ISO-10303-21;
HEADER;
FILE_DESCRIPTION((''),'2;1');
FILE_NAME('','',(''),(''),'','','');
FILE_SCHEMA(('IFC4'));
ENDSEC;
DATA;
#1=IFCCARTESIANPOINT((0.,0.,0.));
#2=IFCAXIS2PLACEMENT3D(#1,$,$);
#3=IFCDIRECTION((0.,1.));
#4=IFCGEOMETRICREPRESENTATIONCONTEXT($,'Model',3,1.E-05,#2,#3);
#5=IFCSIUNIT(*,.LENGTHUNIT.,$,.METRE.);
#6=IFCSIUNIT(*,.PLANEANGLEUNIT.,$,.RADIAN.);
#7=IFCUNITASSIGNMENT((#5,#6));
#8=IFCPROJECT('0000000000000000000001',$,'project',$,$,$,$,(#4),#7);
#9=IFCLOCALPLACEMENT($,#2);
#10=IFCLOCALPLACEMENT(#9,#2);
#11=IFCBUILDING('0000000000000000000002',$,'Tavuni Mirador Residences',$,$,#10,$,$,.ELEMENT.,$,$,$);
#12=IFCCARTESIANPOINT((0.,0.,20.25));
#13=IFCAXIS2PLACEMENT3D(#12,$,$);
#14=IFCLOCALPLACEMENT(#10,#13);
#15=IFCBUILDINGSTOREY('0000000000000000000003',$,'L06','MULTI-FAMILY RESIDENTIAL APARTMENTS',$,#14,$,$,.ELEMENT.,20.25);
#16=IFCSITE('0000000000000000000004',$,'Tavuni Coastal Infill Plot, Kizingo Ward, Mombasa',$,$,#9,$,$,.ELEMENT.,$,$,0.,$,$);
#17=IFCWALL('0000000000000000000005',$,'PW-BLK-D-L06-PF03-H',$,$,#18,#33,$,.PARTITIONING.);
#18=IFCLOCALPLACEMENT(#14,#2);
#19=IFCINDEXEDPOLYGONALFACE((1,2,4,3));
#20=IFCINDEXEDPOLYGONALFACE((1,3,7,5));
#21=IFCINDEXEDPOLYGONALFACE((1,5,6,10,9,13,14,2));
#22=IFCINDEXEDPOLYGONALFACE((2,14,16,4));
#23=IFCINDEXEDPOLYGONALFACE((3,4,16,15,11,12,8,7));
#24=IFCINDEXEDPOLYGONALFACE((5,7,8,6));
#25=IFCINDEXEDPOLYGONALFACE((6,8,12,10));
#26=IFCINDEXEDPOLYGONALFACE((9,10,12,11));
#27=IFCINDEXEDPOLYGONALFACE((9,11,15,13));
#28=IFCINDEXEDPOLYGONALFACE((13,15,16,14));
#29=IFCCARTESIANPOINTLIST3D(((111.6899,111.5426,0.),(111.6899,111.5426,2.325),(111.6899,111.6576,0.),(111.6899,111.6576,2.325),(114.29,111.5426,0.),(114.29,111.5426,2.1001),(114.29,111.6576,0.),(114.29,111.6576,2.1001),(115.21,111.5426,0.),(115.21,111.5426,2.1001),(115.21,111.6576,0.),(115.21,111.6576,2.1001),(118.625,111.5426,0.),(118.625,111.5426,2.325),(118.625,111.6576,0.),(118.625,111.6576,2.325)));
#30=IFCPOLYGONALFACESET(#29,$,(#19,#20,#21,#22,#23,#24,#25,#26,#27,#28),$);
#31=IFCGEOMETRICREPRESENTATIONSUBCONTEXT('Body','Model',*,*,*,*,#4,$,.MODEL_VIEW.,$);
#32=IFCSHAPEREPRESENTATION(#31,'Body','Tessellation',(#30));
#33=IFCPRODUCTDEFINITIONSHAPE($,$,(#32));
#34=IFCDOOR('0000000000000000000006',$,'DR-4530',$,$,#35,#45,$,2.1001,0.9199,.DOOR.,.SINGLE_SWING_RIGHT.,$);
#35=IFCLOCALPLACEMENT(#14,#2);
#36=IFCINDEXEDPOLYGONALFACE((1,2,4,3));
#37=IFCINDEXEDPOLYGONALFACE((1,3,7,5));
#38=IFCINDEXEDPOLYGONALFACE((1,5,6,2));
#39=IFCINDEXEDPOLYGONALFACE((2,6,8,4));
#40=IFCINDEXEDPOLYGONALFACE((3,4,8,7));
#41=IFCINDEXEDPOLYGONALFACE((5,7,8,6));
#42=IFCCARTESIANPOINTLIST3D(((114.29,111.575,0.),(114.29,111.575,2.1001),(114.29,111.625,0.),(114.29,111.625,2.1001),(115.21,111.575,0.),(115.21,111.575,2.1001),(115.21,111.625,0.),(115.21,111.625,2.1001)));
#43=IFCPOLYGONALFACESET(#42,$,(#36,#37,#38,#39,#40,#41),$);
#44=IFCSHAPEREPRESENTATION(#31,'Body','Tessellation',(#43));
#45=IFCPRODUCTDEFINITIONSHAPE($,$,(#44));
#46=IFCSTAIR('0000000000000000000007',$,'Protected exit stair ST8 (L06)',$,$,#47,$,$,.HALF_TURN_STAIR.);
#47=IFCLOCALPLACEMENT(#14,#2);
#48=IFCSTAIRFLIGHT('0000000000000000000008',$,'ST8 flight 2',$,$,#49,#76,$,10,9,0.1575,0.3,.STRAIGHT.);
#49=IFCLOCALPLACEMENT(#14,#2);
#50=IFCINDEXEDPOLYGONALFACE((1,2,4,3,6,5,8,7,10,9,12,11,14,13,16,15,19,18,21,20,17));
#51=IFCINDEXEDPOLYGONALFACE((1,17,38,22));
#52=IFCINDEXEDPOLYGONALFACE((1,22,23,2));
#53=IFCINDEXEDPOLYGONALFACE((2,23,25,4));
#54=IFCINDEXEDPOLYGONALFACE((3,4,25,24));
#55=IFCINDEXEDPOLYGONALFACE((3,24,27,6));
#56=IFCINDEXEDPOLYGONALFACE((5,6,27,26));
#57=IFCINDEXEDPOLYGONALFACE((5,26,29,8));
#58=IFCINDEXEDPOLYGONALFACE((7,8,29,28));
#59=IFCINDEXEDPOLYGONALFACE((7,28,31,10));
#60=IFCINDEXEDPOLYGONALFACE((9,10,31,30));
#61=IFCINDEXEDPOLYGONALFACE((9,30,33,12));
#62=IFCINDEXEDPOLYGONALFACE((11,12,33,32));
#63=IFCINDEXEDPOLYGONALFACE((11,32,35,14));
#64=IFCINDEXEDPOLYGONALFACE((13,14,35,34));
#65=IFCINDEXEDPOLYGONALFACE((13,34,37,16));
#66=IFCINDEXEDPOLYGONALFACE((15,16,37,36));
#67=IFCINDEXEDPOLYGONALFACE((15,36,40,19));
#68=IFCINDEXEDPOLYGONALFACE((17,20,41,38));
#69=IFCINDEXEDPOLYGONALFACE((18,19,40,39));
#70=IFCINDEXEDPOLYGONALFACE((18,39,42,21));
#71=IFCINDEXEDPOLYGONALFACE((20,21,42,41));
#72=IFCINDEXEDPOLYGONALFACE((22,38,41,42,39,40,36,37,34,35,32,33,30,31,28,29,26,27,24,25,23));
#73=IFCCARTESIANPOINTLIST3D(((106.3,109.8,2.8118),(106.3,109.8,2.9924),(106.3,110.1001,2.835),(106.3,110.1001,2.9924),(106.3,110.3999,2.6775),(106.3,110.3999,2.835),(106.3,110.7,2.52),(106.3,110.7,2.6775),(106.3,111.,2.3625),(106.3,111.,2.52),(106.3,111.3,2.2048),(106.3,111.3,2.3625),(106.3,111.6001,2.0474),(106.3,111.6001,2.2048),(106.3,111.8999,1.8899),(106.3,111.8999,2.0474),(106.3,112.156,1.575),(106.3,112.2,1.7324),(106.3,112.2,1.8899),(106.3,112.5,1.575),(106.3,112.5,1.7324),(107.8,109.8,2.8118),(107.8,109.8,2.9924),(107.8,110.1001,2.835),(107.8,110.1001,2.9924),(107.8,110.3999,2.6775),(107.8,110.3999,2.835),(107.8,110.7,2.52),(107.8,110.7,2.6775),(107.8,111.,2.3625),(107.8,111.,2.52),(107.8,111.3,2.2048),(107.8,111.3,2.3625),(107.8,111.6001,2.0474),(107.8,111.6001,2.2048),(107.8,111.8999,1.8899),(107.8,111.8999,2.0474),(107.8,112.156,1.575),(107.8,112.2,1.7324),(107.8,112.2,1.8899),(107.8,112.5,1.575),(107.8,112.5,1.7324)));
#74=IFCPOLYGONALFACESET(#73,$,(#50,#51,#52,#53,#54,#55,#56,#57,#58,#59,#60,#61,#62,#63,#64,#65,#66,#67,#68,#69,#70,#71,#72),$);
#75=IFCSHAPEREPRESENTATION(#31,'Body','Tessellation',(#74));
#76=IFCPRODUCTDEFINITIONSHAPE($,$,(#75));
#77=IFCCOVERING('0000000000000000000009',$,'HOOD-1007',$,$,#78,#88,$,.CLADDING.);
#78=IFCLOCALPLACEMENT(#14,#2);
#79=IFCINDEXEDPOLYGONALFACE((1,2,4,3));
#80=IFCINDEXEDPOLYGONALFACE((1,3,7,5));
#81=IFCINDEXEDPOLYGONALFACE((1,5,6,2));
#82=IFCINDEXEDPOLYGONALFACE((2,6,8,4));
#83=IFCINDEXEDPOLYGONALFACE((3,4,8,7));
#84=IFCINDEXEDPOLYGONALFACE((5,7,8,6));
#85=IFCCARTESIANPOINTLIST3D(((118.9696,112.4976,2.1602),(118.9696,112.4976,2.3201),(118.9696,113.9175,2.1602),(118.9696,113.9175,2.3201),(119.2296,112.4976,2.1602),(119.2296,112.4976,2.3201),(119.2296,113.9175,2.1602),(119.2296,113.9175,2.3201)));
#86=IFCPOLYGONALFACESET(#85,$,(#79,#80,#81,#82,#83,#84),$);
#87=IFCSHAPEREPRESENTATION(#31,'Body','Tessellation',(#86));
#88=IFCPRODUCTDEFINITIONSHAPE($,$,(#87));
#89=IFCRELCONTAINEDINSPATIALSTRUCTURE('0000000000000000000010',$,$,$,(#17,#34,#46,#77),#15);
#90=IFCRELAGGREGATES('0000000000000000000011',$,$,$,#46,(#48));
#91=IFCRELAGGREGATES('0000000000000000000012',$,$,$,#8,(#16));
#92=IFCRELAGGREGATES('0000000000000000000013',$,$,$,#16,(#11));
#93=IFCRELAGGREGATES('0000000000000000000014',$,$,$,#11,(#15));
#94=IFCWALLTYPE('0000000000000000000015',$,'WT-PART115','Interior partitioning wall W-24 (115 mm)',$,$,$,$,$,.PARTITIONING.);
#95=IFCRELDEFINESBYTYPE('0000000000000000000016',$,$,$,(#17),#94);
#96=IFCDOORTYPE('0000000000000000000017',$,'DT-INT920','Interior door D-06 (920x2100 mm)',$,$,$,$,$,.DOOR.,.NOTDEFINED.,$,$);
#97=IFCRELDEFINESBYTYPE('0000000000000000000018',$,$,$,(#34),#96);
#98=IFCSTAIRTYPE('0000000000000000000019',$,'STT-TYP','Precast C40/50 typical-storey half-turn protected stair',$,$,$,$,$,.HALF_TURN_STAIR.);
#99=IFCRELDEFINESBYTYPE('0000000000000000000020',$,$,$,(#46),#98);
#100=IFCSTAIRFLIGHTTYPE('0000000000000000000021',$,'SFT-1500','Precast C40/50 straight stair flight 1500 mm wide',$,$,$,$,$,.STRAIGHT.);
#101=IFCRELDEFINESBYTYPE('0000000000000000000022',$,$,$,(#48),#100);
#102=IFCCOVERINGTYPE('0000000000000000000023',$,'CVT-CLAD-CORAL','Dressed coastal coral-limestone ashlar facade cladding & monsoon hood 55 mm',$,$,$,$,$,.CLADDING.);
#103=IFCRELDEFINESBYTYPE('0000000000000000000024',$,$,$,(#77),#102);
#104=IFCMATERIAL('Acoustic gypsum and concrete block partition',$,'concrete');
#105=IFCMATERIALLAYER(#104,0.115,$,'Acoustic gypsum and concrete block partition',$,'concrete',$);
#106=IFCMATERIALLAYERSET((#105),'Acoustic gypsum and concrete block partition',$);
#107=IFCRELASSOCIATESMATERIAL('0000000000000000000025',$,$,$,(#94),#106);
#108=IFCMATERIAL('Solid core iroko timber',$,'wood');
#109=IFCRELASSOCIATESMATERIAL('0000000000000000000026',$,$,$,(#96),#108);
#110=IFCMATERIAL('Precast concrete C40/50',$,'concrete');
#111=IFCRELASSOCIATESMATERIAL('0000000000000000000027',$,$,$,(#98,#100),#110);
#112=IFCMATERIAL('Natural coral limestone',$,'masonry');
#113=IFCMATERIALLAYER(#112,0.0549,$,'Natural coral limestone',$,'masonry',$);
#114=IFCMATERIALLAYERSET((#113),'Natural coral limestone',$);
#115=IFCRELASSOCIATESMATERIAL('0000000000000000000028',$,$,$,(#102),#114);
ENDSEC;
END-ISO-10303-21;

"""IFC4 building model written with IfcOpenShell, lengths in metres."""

from ifc_helpers import new_model, si_unit, direction, frame, frame_2d, origin, origin_2d, place, context, subcontext, project, spatial, polyline, rectangle, outline, extrude, material, layer, layer_set, type_object, element, fill, aggregate, save


model = new_model("IFC4")

# Units and contexts
model_context = context("Model", 3, precision=1e-05, world=origin(), true_north=direction((0.0, 1.0)))
body_context = subcontext(model_context, "Body", "Model", "MODEL_VIEW")
ifc_project = project(units=[si_unit("LENGTHUNIT", "METRE"), si_unit("PLANEANGLEUNIT", "RADIAN")], contexts=[model_context])

# Site, building, storey
site_placement = place(None, origin())
site = spatial("IfcSite", under=ifc_project, at=site_placement, Name="Tavuni Coastal Infill Plot, Kizingo Ward, Mombasa", CompositionType="ELEMENT", RefElevation=0.0)
building_placement = place(site_placement, origin())
building = spatial("IfcBuilding", under=site, at=building_placement, Name="Tavuni Mirador Residences", CompositionType="ELEMENT")
storey_placement = place(building_placement, frame((0.0, 0.0, 20.25)))
storey = spatial("IfcBuildingStorey", under=building, at=storey_placement, Name="L06", Description="MULTI-FAMILY RESIDENTIAL APARTMENTS", CompositionType="ELEMENT", Elevation=20.25)

# Shared definitions
ifc_material_1 = material(Name="Precast concrete C40/50", Category="concrete")

# Wall, opening, door
ifc_material_2 = material(Name="Acoustic gypsum and concrete block partition", Category="concrete")
ifc_layer_1 = layer(ifc_material_2, 0.115, Name="Acoustic gypsum and concrete block partition", Category="concrete")
ifc_layer_set_1 = layer_set([ifc_layer_1], Name="Acoustic gypsum and concrete block partition")
wall_type_1 = type_object("IfcWallType", Name="WT-PART115", Description="Interior partitioning wall W-24 (115 mm)", PredefinedType="PARTITIONING", material=ifc_layer_set_1)
wall_1_placement = place(storey_placement, frame((111.6899, 111.6001, 0.0), z_axis=(0.0, 0.0, 1.0), x_axis=(1.0, 0.0, 0.0)))
wall_1 = element("IfcWall", 1, at=wall_1_placement, inside=storey, type_object=wall_type_1, Name="PW-BLK-D-L06-PF03-H", PredefinedType="PARTITIONING", context=body_context, shape_type="SweptSolid", body=[
    extrude(rectangle(XDim=6.9351, YDim=0.115, at=frame_2d((3.4675, 0.0))), origin(), (0.0, 0.0, 1.0), 2.325),
])
opening_1_placement = place(wall_1_placement, frame((2.6001, 0.0, 0.0)))
opening_1 = element("IfcOpeningElement", 2, at=opening_1_placement, cuts=wall_1, PredefinedType="OPENING", context=body_context, shape_type="SweptSolid", body=[
    extrude(rectangle(XDim=0.9199, YDim=2.1001, at=frame_2d((0.46, 1.05))), frame((0.0, 0.0674, 0.0), z_axis=(0.0, -1.0, 0.0), x_axis=(1.0, 0.0, 0.0)), (0.0, 0.0, 1.0), 0.135),
])
ifc_material_3 = material(Name="Solid core iroko timber", Category="wood")
door_type_1 = type_object("IfcDoorType", Name="DT-INT920", Description="Interior door D-06 (920x2100 mm)", OperationType="NOTDEFINED", PredefinedType="DOOR", material=ifc_material_3)
door_1_placement = place(opening_1_placement, origin())
door_1 = element("IfcDoor", 3, at=door_1_placement, inside=storey, type_object=door_type_1, Name="DR-4530", OperationType="SINGLE_SWING_RIGHT", OverallHeight=2.1001, OverallWidth=0.9199, PredefinedType="DOOR", context=body_context, shape_type="SweptSolid", body=[
    extrude(rectangle(XDim=0.9199, YDim=2.1001, at=frame_2d((0.46, 1.05))), frame((0.0, 0.0249, 0.0), z_axis=(0.0, -1.0, 0.0), x_axis=(1.0, 0.0, 0.0)), (0.0, 0.0, 1.0), 0.05),
])
fill(opening_1, door_1)

# Stair, stair flight
stair_type = type_object("IfcStairType", Name="STT-TYP", Description="Precast C40/50 typical-storey half-turn protected stair", PredefinedType="HALF_TURN_STAIR", material=ifc_material_1)
stair_placement = place(storey_placement, origin())
stair = element("IfcStair", 4, at=stair_placement, inside=storey, type_object=stair_type, Name="Protected exit stair ST8 (L06)", PredefinedType="HALF_TURN_STAIR")
stair_flight_type = type_object("IfcStairFlightType", Name="SFT-1500", Description="Precast C40/50 straight stair flight 1500 mm wide", PredefinedType="STRAIGHT", material=ifc_material_1)
stair_flight_placement = place(storey_placement, frame((107.05, 112.5, 1.575), z_axis=(0.0, 0.0, 1.0), x_axis=(0.0, -1.0, 0.0)))
stair_flight = element("IfcStairFlight", 5, at=stair_flight_placement, type_object=stair_flight_type, Name="ST8 flight 2", NumberOfRisers=10, NumberOfTreads=9, PredefinedType="STRAIGHT", RiserHeight=0.1575, TreadLength=0.3, context=body_context, shape_type="SweptSolid", body=[
    extrude(outline(polyline([(0.0, 0.0), (0.0, 0.1575), (0.3, 0.1575), (0.3, 0.3149), (0.6001, 0.3149), (0.6001, 0.4724), (0.8999, 0.4724), (0.8999, 0.6299), (1.2, 0.6299), (1.2, 0.7876), (1.5, 0.7876), (1.5, 0.9451), (1.8, 0.9451), (1.8, 1.1025), (2.1001, 1.1025), (2.1001, 1.26), (2.3999, 1.26), (2.3999, 1.4175), (2.7, 1.4175), (2.7, 1.575), (2.7, 1.2368), (0.344, 0.0), (0.0, 0.0)])), frame((0.0, 0.75, 0.0), z_axis=(0.0, -1.0, 0.0), x_axis=(1.0, 0.0, 0.0)), (0.0, 0.0, 1.0), 1.5),
])
aggregate(stair, [stair_flight])

# Covering
ifc_material_4 = material(Name="Natural coral limestone", Category="masonry")
ifc_layer_2 = layer(ifc_material_4, 0.0549, Name="Natural coral limestone", Category="masonry")
ifc_layer_set_2 = layer_set([ifc_layer_2], Name="Natural coral limestone")
covering_type = type_object("IfcCoveringType", Name="CVT-CLAD-CORAL", Description="Dressed coastal coral-limestone ashlar facade cladding & monsoon hood 55 mm", PredefinedType="CLADDING", material=ifc_layer_set_2)
covering_placement = place(storey_placement, frame((119.0996, 113.2075, 2.1602), z_axis=(0.0, 0.0, 1.0), x_axis=(0.0, 1.0, 0.0)))
element("IfcCovering", 6, at=covering_placement, inside=storey, type_object=covering_type, Name="HOOD-1007", PredefinedType="CLADDING", context=body_context, shape_type="SweptSolid", body=[
    extrude(rectangle(XDim=1.4199, YDim=0.26, at=origin_2d()), origin(), (0.0, 0.0, 1.0), 0.1599),
])

save(model, "model.ifc")
